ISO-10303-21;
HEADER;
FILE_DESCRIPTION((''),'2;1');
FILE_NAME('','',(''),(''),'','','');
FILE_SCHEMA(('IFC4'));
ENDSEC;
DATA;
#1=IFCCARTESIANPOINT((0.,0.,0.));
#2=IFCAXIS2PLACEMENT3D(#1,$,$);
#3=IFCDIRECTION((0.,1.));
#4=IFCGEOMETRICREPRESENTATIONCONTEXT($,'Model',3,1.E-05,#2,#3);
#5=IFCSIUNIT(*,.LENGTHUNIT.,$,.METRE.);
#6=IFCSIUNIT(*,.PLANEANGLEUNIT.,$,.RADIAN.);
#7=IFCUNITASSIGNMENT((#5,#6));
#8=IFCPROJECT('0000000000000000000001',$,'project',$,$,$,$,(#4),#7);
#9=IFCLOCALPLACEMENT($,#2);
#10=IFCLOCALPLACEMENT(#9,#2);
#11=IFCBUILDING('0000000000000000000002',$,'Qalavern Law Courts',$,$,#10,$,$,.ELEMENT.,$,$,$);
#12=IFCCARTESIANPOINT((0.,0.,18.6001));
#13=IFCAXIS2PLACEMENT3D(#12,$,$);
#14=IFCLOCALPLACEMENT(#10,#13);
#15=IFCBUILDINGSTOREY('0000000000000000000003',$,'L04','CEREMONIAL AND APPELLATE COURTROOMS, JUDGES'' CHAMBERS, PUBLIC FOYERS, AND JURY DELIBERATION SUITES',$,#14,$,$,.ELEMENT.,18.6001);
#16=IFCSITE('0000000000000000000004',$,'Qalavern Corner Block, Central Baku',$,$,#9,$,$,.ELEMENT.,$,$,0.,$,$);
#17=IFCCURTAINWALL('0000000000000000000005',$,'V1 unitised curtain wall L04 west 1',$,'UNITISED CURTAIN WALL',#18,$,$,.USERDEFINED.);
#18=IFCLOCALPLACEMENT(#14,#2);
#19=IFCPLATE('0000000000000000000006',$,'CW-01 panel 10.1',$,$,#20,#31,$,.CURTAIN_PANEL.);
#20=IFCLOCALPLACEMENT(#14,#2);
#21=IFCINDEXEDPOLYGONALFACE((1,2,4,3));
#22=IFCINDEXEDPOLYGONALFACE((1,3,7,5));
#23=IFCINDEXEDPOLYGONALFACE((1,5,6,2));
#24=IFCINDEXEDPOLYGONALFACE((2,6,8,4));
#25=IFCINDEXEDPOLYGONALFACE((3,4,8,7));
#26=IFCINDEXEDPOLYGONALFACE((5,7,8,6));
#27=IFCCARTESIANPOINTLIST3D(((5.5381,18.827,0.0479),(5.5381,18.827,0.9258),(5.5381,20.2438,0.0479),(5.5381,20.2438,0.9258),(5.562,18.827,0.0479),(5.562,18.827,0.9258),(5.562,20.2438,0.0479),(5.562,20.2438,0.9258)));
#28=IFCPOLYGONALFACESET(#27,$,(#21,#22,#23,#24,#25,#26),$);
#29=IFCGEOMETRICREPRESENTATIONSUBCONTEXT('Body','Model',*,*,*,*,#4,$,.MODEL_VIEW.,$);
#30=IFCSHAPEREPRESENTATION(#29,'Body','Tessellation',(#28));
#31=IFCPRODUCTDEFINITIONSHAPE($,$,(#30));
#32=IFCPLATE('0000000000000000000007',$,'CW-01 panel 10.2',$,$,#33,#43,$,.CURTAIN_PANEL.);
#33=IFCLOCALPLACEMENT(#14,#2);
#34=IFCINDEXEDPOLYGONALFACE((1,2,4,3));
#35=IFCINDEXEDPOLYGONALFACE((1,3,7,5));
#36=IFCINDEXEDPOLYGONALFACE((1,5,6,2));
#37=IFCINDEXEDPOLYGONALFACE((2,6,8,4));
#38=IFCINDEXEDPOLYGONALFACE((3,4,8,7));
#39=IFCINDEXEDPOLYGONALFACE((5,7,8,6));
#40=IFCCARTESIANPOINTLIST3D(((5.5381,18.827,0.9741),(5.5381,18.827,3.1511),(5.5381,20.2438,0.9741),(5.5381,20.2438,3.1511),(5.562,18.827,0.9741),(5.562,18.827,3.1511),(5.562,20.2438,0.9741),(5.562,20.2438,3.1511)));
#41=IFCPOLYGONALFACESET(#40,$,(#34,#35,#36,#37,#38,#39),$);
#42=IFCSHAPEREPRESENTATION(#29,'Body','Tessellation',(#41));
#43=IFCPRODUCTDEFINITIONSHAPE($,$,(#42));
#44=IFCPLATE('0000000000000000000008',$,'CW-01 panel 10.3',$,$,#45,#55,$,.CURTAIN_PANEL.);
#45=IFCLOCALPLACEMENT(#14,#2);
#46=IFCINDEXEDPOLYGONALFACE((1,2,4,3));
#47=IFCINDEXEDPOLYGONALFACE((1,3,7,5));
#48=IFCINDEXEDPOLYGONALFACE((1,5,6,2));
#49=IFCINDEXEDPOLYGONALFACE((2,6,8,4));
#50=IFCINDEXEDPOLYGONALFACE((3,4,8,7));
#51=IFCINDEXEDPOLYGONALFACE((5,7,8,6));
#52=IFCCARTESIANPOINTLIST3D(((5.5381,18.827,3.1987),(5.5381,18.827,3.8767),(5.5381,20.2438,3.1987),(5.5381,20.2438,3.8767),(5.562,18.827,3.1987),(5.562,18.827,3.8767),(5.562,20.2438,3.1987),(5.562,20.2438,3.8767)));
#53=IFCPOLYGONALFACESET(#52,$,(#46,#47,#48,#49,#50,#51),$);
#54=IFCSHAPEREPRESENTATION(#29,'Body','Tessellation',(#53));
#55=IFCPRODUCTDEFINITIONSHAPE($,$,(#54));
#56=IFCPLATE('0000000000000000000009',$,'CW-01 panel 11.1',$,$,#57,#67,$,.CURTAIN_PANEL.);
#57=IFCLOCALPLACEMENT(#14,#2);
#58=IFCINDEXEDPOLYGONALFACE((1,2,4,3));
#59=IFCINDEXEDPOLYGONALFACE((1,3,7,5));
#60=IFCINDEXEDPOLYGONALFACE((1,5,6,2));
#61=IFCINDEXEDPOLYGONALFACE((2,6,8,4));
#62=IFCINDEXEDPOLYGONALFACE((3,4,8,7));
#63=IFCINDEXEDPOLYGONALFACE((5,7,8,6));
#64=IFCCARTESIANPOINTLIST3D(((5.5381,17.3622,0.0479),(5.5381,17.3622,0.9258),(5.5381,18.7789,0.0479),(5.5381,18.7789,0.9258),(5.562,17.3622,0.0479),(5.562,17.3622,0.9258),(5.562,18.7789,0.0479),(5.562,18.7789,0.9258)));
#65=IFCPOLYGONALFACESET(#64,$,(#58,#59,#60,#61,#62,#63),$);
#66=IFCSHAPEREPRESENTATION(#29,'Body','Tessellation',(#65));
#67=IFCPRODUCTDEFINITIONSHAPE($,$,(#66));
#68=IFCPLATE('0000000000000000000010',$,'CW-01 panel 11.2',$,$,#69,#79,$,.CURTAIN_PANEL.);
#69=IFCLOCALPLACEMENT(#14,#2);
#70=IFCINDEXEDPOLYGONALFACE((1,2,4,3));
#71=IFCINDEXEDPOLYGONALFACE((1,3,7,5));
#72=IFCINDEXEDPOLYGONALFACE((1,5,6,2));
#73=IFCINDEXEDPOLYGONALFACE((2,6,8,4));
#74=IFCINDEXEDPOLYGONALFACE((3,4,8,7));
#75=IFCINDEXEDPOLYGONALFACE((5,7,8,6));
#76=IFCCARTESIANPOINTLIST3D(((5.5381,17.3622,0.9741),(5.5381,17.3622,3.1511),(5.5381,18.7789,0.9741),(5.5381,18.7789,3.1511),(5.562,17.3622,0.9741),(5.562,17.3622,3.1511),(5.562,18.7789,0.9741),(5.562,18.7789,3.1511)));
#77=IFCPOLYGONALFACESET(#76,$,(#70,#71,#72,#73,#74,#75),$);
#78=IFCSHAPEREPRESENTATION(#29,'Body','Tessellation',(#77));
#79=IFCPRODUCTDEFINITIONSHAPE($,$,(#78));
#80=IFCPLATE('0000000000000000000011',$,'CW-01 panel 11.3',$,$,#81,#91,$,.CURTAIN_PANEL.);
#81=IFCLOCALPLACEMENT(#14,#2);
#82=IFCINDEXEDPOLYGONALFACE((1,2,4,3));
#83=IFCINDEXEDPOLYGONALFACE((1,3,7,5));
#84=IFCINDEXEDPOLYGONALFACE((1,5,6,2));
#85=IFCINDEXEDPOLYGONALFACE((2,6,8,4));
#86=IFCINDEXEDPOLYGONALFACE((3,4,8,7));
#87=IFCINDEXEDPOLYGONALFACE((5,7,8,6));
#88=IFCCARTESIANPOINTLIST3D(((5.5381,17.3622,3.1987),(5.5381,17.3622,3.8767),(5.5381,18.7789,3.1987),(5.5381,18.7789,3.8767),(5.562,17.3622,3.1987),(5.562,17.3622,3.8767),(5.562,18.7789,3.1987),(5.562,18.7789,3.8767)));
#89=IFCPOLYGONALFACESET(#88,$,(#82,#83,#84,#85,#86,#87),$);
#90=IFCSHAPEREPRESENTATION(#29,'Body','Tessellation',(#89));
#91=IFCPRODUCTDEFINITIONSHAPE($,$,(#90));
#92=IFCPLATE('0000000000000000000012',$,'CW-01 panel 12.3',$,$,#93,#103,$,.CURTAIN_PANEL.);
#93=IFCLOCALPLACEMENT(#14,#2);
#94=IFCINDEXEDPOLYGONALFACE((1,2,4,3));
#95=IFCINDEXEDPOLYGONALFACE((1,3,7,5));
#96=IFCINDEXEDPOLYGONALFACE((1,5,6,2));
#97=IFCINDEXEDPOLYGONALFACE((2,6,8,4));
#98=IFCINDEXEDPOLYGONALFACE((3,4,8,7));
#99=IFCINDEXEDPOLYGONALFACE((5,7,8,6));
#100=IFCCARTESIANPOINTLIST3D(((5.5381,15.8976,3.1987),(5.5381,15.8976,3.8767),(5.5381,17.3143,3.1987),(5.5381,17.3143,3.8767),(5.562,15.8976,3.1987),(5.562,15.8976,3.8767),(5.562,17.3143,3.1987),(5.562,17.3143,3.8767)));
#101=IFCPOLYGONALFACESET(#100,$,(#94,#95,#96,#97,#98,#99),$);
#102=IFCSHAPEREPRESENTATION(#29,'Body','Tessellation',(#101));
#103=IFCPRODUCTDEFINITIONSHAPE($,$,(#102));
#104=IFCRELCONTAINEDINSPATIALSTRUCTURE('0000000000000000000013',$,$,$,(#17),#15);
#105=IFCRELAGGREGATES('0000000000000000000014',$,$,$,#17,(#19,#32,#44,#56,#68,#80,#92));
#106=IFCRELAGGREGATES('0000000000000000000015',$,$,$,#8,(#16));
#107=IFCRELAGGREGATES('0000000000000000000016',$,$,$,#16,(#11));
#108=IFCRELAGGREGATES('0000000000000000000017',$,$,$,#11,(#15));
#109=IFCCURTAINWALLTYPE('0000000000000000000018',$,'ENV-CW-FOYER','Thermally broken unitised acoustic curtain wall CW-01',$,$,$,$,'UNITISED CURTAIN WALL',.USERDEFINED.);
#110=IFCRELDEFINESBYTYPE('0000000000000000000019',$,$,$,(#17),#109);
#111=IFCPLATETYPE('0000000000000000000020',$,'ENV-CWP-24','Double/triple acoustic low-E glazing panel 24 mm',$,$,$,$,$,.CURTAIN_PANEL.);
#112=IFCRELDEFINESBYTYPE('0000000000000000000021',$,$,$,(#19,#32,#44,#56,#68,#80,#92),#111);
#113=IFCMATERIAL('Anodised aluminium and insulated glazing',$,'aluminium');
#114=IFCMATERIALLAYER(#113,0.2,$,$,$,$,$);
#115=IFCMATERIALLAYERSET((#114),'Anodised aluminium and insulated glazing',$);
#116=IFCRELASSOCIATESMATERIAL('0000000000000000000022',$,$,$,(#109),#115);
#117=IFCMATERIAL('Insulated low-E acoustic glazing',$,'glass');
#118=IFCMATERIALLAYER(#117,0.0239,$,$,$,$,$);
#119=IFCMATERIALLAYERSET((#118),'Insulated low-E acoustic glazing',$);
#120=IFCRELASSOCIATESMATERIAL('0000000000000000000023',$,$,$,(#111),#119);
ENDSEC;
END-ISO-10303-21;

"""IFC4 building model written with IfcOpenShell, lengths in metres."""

from ifc_helpers import new_model, si_unit, direction, frame, origin, origin_2d, place, context, subcontext, project, spatial, rectangle, extrude, material, layer, layer_set, type_object, element, aggregate, save


model = new_model("IFC4")

# Units and contexts
model_context = context("Model", 3, precision=1e-05, world=origin(), true_north=direction((0.0, 1.0)))
body_context = subcontext(model_context, "Body", "Model", "MODEL_VIEW")
ifc_project = project(units=[si_unit("LENGTHUNIT", "METRE"), si_unit("PLANEANGLEUNIT", "RADIAN")], contexts=[model_context])

# Site, building, storey
site_placement = place(None, origin())
site = spatial("IfcSite", under=ifc_project, at=site_placement, Name="Qalavern Corner Block, Central Baku", CompositionType="ELEMENT", RefElevation=0.0)
building_placement = place(site_placement, origin())
building = spatial("IfcBuilding", under=site, at=building_placement, Name="Qalavern Law Courts", CompositionType="ELEMENT")
storey_placement = place(building_placement, frame((0.0, 0.0, 18.6001)))
storey = spatial("IfcBuildingStorey", under=building, at=storey_placement, Name="L04", Description="CEREMONIAL AND APPELLATE COURTROOMS, JUDGES' CHAMBERS, PUBLIC FOYERS, AND JURY DELIBERATION SUITES", CompositionType="ELEMENT", Elevation=18.6001)

# Curtain wall, plates
ifc_material_1 = material(Name="Anodised aluminium and insulated glazing", Category="aluminium")
ifc_layer_1 = layer(ifc_material_1, 0.2)
ifc_layer_set_1 = layer_set([ifc_layer_1], Name="Anodised aluminium and insulated glazing")
curtain_wall_type = type_object("IfcCurtainWallType", Name="ENV-CW-FOYER", Description="Thermally broken unitised acoustic curtain wall CW-01", ElementType="UNITISED CURTAIN WALL", PredefinedType="USERDEFINED", material=ifc_layer_set_1)
curtain_wall_placement = place(storey_placement, origin())
curtain_wall = element("IfcCurtainWall", 1, at=curtain_wall_placement, inside=storey, type_object=curtain_wall_type, Name="V1 unitised curtain wall L04 west 1", ObjectType="UNITISED CURTAIN WALL", PredefinedType="USERDEFINED")
ifc_material_2 = material(Name="Insulated low-E acoustic glazing", Category="glass")
ifc_layer_2 = layer(ifc_material_2, 0.0239)
ifc_layer_set_2 = layer_set([ifc_layer_2], Name="Insulated low-E acoustic glazing")
plate_type = type_object("IfcPlateType", Name="ENV-CWP-24", Description="Double/triple acoustic low-E glazing panel 24 mm", PredefinedType="CURTAIN_PANEL", material=ifc_layer_set_2)
plate_1_placement = place(storey_placement, frame((5.55, 19.5354, 0.0479), z_axis=(0.0, 0.0, 1.0), x_axis=(0.0, -1.0, 0.0)))
plate_1 = element("IfcPlate", 2, at=plate_1_placement, type_object=plate_type, Name="CW-01 panel 10.1", PredefinedType="CURTAIN_PANEL", context=body_context, shape_type="SweptSolid", body=[
    extrude(rectangle(XDim=1.4167, YDim=0.0239, at=origin_2d()), origin(), (0.0, 0.0, 1.0), 0.8779),
])
plate_2_placement = place(storey_placement, frame((5.55, 19.5354, 0.9741), z_axis=(0.0, 0.0, 1.0), x_axis=(0.0, -1.0, 0.0)))
plate_2 = element("IfcPlate", 3, at=plate_2_placement, type_object=plate_type, Name="CW-01 panel 10.2", PredefinedType="CURTAIN_PANEL", context=body_context, shape_type="SweptSolid", body=[
    extrude(rectangle(XDim=1.4167, YDim=0.0239, at=origin_2d()), origin(), (0.0, 0.0, 1.0), 2.177),
])
plate_3_placement = place(storey_placement, frame((5.55, 19.5354, 3.1987), z_axis=(0.0, 0.0, 1.0), x_axis=(0.0, -1.0, 0.0)))
plate_3 = element("IfcPlate", 4, at=plate_3_placement, type_object=plate_type, Name="CW-01 panel 10.3", PredefinedType="CURTAIN_PANEL", context=body_context, shape_type="SweptSolid", body=[
    extrude(rectangle(XDim=1.4167, YDim=0.0239, at=origin_2d()), origin(), (0.0, 0.0, 1.0), 0.678),
])
plate_4_placement = place(storey_placement, frame((5.55, 18.0706, 0.0479), z_axis=(0.0, 0.0, 1.0), x_axis=(0.0, -1.0, 0.0)))
plate_4 = element("IfcPlate", 5, at=plate_4_placement, type_object=plate_type, Name="CW-01 panel 11.1", PredefinedType="CURTAIN_PANEL", context=body_context, shape_type="SweptSolid", body=[
    extrude(rectangle(XDim=1.4167, YDim=0.0239, at=origin_2d()), origin(), (0.0, 0.0, 1.0), 0.8779),
])
plate_5_placement = place(storey_placement, frame((5.55, 18.0706, 0.9741), z_axis=(0.0, 0.0, 1.0), x_axis=(0.0, -1.0, 0.0)))
plate_5 = element("IfcPlate", 6, at=plate_5_placement, type_object=plate_type, Name="CW-01 panel 11.2", PredefinedType="CURTAIN_PANEL", context=body_context, shape_type="SweptSolid", body=[
    extrude(rectangle(XDim=1.4167, YDim=0.0239, at=origin_2d()), origin(), (0.0, 0.0, 1.0), 2.177),
])
plate_6_placement = place(storey_placement, frame((5.55, 18.0706, 3.1987), z_axis=(0.0, 0.0, 1.0), x_axis=(0.0, -1.0, 0.0)))
plate_6 = element("IfcPlate", 7, at=plate_6_placement, type_object=plate_type, Name="CW-01 panel 11.3", PredefinedType="CURTAIN_PANEL", context=body_context, shape_type="SweptSolid", body=[
    extrude(rectangle(XDim=1.4167, YDim=0.0239, at=origin_2d()), origin(), (0.0, 0.0, 1.0), 0.678),
])
plate_7_placement = place(storey_placement, frame((5.55, 16.606, 3.1987), z_axis=(0.0, 0.0, 1.0), x_axis=(0.0, -1.0, 0.0)))
plate_7 = element("IfcPlate", 8, at=plate_7_placement, type_object=plate_type, Name="CW-01 panel 12.3", PredefinedType="CURTAIN_PANEL", context=body_context, shape_type="SweptSolid", body=[
    extrude(rectangle(XDim=1.4167, YDim=0.0239, at=origin_2d()), origin(), (0.0, 0.0, 1.0), 0.678),
])
aggregate(curtain_wall, [plate_1, plate_2, plate_3, plate_4, plate_5, plate_6, plate_7])

save(model, "model.ifc")
